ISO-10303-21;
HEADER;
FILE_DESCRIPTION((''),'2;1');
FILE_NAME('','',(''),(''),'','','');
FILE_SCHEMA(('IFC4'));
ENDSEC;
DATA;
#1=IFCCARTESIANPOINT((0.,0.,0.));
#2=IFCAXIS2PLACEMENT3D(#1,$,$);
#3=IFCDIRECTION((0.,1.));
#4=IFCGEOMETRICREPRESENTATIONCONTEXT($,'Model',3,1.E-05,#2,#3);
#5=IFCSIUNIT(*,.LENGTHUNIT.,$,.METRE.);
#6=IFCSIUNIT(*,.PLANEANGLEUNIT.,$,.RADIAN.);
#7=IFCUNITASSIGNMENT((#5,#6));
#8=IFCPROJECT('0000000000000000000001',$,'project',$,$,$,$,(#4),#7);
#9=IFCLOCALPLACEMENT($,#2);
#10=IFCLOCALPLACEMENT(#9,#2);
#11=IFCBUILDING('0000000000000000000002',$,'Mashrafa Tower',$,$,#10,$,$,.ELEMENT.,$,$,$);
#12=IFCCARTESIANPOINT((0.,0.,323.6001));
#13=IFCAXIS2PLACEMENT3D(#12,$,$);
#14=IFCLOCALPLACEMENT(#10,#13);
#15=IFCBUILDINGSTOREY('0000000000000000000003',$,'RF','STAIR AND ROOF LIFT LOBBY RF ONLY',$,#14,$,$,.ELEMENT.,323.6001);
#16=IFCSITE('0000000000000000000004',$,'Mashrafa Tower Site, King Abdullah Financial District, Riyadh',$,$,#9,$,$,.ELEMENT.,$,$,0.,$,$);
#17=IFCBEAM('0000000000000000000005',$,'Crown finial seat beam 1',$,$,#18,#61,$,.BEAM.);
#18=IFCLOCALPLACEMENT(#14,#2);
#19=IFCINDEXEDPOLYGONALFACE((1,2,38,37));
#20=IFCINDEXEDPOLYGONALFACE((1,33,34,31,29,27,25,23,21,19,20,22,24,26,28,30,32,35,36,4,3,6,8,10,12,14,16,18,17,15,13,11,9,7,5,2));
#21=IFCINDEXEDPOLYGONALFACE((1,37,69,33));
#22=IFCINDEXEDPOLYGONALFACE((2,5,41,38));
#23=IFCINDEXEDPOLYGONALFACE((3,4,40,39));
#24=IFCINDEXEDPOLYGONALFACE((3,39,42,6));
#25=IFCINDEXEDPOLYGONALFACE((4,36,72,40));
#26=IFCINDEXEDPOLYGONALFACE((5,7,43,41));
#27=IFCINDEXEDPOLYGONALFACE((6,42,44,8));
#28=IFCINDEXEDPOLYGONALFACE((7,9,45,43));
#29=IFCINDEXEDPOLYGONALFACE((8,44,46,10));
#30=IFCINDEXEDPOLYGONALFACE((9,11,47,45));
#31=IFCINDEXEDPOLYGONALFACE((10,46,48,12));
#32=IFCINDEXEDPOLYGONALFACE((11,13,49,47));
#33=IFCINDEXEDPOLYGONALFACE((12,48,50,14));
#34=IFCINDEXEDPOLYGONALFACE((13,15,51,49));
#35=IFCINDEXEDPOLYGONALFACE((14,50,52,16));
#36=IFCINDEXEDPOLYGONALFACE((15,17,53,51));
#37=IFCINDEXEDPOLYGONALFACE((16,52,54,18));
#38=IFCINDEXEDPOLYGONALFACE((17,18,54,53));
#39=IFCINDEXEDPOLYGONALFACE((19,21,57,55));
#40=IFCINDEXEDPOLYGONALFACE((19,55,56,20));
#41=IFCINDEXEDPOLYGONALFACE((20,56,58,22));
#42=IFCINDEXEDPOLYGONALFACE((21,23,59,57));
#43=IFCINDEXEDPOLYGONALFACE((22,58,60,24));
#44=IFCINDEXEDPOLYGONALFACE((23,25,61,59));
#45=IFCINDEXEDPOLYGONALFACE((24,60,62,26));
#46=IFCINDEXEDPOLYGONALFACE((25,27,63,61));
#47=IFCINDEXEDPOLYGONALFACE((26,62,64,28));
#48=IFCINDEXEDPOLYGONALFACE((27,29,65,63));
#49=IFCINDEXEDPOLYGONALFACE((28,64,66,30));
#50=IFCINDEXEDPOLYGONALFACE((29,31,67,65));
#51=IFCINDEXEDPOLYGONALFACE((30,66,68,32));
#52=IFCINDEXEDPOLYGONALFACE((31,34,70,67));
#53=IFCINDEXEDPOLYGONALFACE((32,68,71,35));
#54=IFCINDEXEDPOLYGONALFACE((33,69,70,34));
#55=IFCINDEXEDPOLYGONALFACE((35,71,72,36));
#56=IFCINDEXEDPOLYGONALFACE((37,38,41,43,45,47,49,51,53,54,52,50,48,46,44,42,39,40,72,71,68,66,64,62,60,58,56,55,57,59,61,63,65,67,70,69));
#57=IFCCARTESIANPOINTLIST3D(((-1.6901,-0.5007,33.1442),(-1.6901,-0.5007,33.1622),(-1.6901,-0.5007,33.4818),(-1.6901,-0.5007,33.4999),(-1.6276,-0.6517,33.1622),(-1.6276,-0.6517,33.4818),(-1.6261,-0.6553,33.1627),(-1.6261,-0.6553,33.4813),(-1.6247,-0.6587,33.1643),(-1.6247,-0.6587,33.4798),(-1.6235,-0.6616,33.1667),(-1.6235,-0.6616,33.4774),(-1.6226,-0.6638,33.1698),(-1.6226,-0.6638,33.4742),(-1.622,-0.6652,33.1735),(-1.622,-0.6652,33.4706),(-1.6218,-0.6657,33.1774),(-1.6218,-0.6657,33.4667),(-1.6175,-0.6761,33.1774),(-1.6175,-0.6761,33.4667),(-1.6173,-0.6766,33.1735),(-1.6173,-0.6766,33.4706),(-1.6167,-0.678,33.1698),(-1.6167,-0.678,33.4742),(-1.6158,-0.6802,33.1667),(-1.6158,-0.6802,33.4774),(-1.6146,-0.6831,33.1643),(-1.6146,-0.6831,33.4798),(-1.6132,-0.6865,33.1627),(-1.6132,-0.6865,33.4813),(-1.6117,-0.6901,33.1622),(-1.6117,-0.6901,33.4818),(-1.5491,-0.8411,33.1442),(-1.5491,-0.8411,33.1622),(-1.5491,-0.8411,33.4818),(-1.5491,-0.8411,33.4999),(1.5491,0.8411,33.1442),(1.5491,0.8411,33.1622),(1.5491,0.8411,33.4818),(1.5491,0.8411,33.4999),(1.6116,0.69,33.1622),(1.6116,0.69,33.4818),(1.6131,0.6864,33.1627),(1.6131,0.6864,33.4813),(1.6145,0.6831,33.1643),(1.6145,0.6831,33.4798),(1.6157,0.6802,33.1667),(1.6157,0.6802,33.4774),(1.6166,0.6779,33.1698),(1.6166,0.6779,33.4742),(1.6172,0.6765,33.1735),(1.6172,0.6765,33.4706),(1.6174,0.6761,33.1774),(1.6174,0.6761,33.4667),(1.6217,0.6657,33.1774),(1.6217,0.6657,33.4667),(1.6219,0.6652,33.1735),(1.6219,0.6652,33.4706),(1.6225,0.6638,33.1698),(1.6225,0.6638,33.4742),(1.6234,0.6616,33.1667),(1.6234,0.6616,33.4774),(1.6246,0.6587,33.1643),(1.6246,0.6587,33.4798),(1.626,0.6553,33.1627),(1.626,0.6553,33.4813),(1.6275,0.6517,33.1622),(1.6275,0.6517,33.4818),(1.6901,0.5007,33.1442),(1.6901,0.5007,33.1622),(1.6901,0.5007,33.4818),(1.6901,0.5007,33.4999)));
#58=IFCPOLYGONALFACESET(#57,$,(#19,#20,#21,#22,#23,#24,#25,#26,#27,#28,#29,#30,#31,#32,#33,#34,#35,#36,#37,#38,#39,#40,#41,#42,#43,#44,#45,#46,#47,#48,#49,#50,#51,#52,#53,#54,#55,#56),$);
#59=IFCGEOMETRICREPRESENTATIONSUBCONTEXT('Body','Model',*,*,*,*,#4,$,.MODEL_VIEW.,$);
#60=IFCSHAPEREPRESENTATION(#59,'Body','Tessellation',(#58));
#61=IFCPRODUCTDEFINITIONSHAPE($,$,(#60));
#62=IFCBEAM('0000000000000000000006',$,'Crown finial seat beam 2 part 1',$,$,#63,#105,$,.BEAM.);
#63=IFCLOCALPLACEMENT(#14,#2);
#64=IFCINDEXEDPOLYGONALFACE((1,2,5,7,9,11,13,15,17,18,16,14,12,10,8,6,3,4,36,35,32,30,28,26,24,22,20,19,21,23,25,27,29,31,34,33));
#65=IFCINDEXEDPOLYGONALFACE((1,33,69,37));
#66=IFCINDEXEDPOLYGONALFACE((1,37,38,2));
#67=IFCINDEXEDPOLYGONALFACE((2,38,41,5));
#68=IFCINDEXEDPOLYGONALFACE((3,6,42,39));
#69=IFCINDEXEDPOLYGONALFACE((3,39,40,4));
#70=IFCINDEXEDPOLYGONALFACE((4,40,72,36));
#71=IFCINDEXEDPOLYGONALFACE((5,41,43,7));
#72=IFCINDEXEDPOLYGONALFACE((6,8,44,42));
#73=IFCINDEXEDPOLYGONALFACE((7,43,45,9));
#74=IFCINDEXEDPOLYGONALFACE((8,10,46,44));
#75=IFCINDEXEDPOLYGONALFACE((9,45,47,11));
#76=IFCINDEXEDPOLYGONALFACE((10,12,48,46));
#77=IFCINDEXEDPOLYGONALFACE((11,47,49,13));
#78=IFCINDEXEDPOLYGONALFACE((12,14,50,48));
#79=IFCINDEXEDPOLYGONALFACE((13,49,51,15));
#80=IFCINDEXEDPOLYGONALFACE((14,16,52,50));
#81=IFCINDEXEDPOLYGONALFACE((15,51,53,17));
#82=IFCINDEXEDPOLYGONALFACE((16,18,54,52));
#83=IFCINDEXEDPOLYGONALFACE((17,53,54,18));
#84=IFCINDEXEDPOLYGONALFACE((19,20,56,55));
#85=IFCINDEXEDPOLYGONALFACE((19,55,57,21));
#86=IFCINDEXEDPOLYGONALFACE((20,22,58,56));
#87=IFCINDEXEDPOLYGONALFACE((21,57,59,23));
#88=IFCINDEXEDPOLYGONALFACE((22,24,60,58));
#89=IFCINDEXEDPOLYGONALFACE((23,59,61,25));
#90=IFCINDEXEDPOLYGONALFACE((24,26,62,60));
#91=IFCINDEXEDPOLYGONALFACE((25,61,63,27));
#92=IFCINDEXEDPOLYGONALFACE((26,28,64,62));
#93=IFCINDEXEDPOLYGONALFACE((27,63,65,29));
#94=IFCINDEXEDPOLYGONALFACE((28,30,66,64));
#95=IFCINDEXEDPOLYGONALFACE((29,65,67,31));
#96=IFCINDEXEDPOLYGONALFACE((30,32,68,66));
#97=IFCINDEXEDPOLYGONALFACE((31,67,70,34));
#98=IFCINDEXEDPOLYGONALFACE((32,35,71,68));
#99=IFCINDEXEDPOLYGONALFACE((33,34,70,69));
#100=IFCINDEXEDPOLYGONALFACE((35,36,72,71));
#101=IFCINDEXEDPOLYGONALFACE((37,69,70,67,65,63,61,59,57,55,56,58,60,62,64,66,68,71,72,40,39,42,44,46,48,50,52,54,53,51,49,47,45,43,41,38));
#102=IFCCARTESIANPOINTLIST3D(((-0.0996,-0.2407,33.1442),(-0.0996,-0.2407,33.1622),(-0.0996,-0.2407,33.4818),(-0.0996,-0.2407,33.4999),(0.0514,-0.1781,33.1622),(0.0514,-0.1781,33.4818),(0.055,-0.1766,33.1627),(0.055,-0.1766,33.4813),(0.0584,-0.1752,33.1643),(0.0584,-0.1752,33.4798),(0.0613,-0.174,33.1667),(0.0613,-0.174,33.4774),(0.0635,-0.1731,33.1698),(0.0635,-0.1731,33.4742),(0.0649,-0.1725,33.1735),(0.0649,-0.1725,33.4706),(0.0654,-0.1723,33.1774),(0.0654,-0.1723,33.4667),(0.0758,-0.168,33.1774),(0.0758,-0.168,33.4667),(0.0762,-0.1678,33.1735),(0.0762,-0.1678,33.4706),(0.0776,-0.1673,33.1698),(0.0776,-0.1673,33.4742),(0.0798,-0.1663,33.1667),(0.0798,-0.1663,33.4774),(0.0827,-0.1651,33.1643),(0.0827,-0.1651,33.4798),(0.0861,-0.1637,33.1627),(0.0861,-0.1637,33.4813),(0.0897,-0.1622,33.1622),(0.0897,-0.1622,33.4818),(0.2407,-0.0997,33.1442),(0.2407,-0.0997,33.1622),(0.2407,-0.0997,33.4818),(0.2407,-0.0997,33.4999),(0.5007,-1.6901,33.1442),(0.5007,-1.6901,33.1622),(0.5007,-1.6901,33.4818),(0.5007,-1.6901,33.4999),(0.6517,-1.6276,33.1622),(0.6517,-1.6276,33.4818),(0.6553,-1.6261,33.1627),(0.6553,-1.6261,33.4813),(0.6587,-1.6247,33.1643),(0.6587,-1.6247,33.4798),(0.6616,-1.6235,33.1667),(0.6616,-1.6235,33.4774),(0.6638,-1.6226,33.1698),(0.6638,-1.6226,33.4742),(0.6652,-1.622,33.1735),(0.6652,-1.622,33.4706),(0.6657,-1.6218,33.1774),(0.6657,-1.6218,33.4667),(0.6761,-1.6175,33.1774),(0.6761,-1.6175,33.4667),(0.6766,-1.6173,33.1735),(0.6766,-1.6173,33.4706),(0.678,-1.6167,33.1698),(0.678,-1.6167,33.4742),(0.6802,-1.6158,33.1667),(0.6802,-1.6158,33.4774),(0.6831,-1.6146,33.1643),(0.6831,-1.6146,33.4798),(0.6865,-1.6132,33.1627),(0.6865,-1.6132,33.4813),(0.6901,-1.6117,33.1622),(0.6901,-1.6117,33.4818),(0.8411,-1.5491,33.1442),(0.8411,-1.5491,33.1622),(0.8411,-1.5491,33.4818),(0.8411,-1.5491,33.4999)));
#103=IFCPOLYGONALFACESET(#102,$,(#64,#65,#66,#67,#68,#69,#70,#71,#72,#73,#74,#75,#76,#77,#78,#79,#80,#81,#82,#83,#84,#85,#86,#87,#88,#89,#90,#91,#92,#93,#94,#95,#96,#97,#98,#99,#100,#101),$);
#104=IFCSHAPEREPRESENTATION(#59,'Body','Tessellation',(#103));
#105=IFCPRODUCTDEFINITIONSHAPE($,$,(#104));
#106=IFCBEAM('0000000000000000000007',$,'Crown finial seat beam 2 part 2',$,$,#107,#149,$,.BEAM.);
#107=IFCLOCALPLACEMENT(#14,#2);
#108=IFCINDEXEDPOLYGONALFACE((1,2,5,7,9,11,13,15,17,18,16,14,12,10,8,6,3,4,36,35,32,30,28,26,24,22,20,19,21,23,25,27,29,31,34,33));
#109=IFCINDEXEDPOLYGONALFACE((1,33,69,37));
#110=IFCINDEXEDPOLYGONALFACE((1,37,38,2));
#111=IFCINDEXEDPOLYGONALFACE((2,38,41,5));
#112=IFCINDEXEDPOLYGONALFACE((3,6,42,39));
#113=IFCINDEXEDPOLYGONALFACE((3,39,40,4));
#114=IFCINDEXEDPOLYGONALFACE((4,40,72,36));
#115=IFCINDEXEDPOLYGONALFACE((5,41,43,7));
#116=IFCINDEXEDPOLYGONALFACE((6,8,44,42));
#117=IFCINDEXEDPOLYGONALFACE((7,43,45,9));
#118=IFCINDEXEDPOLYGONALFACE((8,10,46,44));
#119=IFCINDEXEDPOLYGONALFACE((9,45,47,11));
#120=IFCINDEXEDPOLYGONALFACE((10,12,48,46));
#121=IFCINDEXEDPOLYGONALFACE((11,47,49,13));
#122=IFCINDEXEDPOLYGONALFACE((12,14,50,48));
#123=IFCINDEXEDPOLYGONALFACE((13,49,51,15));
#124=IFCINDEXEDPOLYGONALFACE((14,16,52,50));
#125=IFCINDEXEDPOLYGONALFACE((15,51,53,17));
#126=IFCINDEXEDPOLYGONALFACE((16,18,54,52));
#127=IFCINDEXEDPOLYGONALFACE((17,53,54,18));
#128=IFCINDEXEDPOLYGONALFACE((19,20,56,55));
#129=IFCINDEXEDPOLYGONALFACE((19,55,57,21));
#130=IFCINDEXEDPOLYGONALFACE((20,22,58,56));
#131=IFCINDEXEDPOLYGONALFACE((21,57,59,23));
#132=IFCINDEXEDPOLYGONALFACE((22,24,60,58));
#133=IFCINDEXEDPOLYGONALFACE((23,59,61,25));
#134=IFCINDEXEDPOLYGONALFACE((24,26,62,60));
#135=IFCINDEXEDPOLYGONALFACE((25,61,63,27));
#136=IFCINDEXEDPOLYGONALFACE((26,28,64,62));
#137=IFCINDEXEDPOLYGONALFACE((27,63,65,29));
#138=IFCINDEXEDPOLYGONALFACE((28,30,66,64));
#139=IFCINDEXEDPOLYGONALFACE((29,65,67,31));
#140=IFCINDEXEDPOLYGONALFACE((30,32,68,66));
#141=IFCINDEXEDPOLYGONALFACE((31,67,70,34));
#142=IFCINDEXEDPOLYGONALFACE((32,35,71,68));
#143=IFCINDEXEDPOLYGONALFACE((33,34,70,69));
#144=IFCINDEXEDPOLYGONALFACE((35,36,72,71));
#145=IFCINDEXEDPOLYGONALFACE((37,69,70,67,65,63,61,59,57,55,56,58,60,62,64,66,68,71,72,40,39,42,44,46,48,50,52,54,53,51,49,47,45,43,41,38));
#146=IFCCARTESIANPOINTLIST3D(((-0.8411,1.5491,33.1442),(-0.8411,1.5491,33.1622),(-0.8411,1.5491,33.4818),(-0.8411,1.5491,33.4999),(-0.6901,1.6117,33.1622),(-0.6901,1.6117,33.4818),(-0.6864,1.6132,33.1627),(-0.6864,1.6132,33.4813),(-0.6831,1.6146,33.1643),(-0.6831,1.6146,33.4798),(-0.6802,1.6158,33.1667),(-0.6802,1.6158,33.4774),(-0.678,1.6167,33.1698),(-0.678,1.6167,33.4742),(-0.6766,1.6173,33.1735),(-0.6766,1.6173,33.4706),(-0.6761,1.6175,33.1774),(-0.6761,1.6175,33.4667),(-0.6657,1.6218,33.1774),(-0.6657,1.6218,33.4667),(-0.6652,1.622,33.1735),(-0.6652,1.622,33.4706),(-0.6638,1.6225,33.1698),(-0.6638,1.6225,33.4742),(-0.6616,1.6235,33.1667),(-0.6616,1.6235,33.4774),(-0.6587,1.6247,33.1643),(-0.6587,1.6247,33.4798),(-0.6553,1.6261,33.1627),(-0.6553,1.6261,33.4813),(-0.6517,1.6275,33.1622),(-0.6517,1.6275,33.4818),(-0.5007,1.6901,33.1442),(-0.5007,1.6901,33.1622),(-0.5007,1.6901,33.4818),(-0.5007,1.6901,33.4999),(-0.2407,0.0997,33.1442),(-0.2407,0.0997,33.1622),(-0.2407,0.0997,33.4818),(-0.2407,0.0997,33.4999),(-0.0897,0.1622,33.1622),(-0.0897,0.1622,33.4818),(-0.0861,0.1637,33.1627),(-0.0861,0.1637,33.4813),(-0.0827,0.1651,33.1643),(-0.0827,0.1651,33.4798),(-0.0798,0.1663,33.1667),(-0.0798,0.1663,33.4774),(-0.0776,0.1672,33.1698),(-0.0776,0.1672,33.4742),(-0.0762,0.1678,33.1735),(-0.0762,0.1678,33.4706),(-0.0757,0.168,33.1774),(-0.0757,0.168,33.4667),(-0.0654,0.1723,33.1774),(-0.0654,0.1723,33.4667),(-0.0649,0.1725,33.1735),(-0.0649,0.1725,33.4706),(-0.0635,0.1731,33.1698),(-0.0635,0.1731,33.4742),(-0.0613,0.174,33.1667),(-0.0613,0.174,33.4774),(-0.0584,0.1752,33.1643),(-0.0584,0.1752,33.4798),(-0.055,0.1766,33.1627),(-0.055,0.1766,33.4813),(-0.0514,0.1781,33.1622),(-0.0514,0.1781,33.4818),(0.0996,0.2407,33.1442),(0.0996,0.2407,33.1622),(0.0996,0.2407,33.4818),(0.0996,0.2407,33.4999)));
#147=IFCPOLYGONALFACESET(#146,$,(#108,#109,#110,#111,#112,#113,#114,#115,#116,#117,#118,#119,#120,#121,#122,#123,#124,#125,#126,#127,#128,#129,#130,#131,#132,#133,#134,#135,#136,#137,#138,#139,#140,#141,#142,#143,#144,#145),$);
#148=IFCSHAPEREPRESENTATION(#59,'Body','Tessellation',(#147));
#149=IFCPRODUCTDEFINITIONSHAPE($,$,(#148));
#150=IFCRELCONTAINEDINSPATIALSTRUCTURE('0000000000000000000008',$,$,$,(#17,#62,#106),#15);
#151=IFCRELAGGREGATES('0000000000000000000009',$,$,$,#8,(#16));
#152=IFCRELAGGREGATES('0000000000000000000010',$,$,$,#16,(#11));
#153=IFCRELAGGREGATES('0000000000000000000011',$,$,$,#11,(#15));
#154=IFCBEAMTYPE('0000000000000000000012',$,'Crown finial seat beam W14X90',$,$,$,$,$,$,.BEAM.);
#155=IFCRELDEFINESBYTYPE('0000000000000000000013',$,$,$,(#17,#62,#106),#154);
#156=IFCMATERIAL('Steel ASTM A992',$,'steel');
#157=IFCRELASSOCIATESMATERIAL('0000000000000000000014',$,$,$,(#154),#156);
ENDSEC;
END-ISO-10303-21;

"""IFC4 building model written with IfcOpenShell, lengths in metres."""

from ifc_helpers import new_model, si_unit, direction, frame, origin, origin_2d, place, context, subcontext, project, spatial, i_section, extrude, material, material_profile, profile_set, type_object, element, save


model = new_model("IFC4")

# Units and contexts
model_context = context("Model", 3, precision=1e-05, world=origin(), true_north=direction((0.0, 1.0)))
body_context = subcontext(model_context, "Body", "Model", "MODEL_VIEW")
ifc_project = project(units=[si_unit("LENGTHUNIT", "METRE"), si_unit("PLANEANGLEUNIT", "RADIAN")], contexts=[model_context])

# Site, building, storey
site_placement = place(None, origin())
site = spatial("IfcSite", under=ifc_project, at=site_placement, Name="Mashrafa Tower Site, King Abdullah Financial District, Riyadh", CompositionType="ELEMENT", RefElevation=0.0)
building_placement = place(site_placement, origin())
building = spatial("IfcBuilding", under=site, at=building_placement, Name="Mashrafa Tower", CompositionType="ELEMENT")
storey_placement = place(building_placement, frame((0.0, 0.0, 323.6001)))
storey = spatial("IfcBuildingStorey", under=building, at=storey_placement, Name="RF", Description="STAIR AND ROOF LIFT LOBBY RF ONLY", CompositionType="ELEMENT", Elevation=323.6001)

# Beams
ifc_material_1 = material(Name="Steel ASTM A992", Category="steel")
ifc_material_profile_1 = material_profile(ifc_material_1, i_section(OverallWidth=0.3684, OverallDepth=0.3557, WebThickness=0.0112, FlangeThickness=0.0181, FilletRadius=0.0151, at=origin_2d()), Name="W14X90")
ifc_profile_set_1 = profile_set([ifc_material_profile_1], Name="Steel ASTM A992")
beam_type = type_object("IfcBeamType", Name="Crown finial seat beam W14X90", PredefinedType="BEAM", material=ifc_profile_set_1)
beam_placement = place(storey_placement, frame((-1.6196, -0.6709, 33.322), z_axis=(0.923874, 0.382696, 0.0), x_axis=(-0.382696, 0.923874, 0.0)))
element("IfcBeam", 1, at=beam_placement, inside=storey, type_object=beam_type, Name="Crown finial seat beam 1", PredefinedType="BEAM", context=body_context, shape_type="SweptSolid", body=[
    extrude(i_section(OverallWidth=0.3684, OverallDepth=0.3557, WebThickness=0.0112, FlangeThickness=0.0181, FilletRadius=0.0151, at=origin_2d()), origin(), (0.0, 0.0, 1.0), 3.5061),
])
for number, where, z_axis, x_axis, name in (
    (2, (0.6709, -1.6196, 33.322), (-0.382659, 0.92389, 0.0), (-0.92389, -0.382659, 0.0), "Crown finial seat beam 2 part 1"),
    (3, (-0.0706, 0.1702, 33.322), (-0.382659, 0.92389, 0.0), (-0.92389, -0.382659, 0.0), "Crown finial seat beam 2 part 2"),
):
    element("IfcBeam", number, at=place(storey_placement, frame(where, z_axis=z_axis, x_axis=x_axis)), inside=storey, type_object=beam_type, Name=name, PredefinedType="BEAM", context=body_context, shape_type="SweptSolid", body=[
        extrude(i_section(OverallWidth=0.3684, OverallDepth=0.3557, WebThickness=0.0112, FlangeThickness=0.0181, FilletRadius=0.0151, at=origin_2d()), origin(), (0.0, 0.0, 1.0), 1.5688),
    ])

save(model, "model.ifc")
